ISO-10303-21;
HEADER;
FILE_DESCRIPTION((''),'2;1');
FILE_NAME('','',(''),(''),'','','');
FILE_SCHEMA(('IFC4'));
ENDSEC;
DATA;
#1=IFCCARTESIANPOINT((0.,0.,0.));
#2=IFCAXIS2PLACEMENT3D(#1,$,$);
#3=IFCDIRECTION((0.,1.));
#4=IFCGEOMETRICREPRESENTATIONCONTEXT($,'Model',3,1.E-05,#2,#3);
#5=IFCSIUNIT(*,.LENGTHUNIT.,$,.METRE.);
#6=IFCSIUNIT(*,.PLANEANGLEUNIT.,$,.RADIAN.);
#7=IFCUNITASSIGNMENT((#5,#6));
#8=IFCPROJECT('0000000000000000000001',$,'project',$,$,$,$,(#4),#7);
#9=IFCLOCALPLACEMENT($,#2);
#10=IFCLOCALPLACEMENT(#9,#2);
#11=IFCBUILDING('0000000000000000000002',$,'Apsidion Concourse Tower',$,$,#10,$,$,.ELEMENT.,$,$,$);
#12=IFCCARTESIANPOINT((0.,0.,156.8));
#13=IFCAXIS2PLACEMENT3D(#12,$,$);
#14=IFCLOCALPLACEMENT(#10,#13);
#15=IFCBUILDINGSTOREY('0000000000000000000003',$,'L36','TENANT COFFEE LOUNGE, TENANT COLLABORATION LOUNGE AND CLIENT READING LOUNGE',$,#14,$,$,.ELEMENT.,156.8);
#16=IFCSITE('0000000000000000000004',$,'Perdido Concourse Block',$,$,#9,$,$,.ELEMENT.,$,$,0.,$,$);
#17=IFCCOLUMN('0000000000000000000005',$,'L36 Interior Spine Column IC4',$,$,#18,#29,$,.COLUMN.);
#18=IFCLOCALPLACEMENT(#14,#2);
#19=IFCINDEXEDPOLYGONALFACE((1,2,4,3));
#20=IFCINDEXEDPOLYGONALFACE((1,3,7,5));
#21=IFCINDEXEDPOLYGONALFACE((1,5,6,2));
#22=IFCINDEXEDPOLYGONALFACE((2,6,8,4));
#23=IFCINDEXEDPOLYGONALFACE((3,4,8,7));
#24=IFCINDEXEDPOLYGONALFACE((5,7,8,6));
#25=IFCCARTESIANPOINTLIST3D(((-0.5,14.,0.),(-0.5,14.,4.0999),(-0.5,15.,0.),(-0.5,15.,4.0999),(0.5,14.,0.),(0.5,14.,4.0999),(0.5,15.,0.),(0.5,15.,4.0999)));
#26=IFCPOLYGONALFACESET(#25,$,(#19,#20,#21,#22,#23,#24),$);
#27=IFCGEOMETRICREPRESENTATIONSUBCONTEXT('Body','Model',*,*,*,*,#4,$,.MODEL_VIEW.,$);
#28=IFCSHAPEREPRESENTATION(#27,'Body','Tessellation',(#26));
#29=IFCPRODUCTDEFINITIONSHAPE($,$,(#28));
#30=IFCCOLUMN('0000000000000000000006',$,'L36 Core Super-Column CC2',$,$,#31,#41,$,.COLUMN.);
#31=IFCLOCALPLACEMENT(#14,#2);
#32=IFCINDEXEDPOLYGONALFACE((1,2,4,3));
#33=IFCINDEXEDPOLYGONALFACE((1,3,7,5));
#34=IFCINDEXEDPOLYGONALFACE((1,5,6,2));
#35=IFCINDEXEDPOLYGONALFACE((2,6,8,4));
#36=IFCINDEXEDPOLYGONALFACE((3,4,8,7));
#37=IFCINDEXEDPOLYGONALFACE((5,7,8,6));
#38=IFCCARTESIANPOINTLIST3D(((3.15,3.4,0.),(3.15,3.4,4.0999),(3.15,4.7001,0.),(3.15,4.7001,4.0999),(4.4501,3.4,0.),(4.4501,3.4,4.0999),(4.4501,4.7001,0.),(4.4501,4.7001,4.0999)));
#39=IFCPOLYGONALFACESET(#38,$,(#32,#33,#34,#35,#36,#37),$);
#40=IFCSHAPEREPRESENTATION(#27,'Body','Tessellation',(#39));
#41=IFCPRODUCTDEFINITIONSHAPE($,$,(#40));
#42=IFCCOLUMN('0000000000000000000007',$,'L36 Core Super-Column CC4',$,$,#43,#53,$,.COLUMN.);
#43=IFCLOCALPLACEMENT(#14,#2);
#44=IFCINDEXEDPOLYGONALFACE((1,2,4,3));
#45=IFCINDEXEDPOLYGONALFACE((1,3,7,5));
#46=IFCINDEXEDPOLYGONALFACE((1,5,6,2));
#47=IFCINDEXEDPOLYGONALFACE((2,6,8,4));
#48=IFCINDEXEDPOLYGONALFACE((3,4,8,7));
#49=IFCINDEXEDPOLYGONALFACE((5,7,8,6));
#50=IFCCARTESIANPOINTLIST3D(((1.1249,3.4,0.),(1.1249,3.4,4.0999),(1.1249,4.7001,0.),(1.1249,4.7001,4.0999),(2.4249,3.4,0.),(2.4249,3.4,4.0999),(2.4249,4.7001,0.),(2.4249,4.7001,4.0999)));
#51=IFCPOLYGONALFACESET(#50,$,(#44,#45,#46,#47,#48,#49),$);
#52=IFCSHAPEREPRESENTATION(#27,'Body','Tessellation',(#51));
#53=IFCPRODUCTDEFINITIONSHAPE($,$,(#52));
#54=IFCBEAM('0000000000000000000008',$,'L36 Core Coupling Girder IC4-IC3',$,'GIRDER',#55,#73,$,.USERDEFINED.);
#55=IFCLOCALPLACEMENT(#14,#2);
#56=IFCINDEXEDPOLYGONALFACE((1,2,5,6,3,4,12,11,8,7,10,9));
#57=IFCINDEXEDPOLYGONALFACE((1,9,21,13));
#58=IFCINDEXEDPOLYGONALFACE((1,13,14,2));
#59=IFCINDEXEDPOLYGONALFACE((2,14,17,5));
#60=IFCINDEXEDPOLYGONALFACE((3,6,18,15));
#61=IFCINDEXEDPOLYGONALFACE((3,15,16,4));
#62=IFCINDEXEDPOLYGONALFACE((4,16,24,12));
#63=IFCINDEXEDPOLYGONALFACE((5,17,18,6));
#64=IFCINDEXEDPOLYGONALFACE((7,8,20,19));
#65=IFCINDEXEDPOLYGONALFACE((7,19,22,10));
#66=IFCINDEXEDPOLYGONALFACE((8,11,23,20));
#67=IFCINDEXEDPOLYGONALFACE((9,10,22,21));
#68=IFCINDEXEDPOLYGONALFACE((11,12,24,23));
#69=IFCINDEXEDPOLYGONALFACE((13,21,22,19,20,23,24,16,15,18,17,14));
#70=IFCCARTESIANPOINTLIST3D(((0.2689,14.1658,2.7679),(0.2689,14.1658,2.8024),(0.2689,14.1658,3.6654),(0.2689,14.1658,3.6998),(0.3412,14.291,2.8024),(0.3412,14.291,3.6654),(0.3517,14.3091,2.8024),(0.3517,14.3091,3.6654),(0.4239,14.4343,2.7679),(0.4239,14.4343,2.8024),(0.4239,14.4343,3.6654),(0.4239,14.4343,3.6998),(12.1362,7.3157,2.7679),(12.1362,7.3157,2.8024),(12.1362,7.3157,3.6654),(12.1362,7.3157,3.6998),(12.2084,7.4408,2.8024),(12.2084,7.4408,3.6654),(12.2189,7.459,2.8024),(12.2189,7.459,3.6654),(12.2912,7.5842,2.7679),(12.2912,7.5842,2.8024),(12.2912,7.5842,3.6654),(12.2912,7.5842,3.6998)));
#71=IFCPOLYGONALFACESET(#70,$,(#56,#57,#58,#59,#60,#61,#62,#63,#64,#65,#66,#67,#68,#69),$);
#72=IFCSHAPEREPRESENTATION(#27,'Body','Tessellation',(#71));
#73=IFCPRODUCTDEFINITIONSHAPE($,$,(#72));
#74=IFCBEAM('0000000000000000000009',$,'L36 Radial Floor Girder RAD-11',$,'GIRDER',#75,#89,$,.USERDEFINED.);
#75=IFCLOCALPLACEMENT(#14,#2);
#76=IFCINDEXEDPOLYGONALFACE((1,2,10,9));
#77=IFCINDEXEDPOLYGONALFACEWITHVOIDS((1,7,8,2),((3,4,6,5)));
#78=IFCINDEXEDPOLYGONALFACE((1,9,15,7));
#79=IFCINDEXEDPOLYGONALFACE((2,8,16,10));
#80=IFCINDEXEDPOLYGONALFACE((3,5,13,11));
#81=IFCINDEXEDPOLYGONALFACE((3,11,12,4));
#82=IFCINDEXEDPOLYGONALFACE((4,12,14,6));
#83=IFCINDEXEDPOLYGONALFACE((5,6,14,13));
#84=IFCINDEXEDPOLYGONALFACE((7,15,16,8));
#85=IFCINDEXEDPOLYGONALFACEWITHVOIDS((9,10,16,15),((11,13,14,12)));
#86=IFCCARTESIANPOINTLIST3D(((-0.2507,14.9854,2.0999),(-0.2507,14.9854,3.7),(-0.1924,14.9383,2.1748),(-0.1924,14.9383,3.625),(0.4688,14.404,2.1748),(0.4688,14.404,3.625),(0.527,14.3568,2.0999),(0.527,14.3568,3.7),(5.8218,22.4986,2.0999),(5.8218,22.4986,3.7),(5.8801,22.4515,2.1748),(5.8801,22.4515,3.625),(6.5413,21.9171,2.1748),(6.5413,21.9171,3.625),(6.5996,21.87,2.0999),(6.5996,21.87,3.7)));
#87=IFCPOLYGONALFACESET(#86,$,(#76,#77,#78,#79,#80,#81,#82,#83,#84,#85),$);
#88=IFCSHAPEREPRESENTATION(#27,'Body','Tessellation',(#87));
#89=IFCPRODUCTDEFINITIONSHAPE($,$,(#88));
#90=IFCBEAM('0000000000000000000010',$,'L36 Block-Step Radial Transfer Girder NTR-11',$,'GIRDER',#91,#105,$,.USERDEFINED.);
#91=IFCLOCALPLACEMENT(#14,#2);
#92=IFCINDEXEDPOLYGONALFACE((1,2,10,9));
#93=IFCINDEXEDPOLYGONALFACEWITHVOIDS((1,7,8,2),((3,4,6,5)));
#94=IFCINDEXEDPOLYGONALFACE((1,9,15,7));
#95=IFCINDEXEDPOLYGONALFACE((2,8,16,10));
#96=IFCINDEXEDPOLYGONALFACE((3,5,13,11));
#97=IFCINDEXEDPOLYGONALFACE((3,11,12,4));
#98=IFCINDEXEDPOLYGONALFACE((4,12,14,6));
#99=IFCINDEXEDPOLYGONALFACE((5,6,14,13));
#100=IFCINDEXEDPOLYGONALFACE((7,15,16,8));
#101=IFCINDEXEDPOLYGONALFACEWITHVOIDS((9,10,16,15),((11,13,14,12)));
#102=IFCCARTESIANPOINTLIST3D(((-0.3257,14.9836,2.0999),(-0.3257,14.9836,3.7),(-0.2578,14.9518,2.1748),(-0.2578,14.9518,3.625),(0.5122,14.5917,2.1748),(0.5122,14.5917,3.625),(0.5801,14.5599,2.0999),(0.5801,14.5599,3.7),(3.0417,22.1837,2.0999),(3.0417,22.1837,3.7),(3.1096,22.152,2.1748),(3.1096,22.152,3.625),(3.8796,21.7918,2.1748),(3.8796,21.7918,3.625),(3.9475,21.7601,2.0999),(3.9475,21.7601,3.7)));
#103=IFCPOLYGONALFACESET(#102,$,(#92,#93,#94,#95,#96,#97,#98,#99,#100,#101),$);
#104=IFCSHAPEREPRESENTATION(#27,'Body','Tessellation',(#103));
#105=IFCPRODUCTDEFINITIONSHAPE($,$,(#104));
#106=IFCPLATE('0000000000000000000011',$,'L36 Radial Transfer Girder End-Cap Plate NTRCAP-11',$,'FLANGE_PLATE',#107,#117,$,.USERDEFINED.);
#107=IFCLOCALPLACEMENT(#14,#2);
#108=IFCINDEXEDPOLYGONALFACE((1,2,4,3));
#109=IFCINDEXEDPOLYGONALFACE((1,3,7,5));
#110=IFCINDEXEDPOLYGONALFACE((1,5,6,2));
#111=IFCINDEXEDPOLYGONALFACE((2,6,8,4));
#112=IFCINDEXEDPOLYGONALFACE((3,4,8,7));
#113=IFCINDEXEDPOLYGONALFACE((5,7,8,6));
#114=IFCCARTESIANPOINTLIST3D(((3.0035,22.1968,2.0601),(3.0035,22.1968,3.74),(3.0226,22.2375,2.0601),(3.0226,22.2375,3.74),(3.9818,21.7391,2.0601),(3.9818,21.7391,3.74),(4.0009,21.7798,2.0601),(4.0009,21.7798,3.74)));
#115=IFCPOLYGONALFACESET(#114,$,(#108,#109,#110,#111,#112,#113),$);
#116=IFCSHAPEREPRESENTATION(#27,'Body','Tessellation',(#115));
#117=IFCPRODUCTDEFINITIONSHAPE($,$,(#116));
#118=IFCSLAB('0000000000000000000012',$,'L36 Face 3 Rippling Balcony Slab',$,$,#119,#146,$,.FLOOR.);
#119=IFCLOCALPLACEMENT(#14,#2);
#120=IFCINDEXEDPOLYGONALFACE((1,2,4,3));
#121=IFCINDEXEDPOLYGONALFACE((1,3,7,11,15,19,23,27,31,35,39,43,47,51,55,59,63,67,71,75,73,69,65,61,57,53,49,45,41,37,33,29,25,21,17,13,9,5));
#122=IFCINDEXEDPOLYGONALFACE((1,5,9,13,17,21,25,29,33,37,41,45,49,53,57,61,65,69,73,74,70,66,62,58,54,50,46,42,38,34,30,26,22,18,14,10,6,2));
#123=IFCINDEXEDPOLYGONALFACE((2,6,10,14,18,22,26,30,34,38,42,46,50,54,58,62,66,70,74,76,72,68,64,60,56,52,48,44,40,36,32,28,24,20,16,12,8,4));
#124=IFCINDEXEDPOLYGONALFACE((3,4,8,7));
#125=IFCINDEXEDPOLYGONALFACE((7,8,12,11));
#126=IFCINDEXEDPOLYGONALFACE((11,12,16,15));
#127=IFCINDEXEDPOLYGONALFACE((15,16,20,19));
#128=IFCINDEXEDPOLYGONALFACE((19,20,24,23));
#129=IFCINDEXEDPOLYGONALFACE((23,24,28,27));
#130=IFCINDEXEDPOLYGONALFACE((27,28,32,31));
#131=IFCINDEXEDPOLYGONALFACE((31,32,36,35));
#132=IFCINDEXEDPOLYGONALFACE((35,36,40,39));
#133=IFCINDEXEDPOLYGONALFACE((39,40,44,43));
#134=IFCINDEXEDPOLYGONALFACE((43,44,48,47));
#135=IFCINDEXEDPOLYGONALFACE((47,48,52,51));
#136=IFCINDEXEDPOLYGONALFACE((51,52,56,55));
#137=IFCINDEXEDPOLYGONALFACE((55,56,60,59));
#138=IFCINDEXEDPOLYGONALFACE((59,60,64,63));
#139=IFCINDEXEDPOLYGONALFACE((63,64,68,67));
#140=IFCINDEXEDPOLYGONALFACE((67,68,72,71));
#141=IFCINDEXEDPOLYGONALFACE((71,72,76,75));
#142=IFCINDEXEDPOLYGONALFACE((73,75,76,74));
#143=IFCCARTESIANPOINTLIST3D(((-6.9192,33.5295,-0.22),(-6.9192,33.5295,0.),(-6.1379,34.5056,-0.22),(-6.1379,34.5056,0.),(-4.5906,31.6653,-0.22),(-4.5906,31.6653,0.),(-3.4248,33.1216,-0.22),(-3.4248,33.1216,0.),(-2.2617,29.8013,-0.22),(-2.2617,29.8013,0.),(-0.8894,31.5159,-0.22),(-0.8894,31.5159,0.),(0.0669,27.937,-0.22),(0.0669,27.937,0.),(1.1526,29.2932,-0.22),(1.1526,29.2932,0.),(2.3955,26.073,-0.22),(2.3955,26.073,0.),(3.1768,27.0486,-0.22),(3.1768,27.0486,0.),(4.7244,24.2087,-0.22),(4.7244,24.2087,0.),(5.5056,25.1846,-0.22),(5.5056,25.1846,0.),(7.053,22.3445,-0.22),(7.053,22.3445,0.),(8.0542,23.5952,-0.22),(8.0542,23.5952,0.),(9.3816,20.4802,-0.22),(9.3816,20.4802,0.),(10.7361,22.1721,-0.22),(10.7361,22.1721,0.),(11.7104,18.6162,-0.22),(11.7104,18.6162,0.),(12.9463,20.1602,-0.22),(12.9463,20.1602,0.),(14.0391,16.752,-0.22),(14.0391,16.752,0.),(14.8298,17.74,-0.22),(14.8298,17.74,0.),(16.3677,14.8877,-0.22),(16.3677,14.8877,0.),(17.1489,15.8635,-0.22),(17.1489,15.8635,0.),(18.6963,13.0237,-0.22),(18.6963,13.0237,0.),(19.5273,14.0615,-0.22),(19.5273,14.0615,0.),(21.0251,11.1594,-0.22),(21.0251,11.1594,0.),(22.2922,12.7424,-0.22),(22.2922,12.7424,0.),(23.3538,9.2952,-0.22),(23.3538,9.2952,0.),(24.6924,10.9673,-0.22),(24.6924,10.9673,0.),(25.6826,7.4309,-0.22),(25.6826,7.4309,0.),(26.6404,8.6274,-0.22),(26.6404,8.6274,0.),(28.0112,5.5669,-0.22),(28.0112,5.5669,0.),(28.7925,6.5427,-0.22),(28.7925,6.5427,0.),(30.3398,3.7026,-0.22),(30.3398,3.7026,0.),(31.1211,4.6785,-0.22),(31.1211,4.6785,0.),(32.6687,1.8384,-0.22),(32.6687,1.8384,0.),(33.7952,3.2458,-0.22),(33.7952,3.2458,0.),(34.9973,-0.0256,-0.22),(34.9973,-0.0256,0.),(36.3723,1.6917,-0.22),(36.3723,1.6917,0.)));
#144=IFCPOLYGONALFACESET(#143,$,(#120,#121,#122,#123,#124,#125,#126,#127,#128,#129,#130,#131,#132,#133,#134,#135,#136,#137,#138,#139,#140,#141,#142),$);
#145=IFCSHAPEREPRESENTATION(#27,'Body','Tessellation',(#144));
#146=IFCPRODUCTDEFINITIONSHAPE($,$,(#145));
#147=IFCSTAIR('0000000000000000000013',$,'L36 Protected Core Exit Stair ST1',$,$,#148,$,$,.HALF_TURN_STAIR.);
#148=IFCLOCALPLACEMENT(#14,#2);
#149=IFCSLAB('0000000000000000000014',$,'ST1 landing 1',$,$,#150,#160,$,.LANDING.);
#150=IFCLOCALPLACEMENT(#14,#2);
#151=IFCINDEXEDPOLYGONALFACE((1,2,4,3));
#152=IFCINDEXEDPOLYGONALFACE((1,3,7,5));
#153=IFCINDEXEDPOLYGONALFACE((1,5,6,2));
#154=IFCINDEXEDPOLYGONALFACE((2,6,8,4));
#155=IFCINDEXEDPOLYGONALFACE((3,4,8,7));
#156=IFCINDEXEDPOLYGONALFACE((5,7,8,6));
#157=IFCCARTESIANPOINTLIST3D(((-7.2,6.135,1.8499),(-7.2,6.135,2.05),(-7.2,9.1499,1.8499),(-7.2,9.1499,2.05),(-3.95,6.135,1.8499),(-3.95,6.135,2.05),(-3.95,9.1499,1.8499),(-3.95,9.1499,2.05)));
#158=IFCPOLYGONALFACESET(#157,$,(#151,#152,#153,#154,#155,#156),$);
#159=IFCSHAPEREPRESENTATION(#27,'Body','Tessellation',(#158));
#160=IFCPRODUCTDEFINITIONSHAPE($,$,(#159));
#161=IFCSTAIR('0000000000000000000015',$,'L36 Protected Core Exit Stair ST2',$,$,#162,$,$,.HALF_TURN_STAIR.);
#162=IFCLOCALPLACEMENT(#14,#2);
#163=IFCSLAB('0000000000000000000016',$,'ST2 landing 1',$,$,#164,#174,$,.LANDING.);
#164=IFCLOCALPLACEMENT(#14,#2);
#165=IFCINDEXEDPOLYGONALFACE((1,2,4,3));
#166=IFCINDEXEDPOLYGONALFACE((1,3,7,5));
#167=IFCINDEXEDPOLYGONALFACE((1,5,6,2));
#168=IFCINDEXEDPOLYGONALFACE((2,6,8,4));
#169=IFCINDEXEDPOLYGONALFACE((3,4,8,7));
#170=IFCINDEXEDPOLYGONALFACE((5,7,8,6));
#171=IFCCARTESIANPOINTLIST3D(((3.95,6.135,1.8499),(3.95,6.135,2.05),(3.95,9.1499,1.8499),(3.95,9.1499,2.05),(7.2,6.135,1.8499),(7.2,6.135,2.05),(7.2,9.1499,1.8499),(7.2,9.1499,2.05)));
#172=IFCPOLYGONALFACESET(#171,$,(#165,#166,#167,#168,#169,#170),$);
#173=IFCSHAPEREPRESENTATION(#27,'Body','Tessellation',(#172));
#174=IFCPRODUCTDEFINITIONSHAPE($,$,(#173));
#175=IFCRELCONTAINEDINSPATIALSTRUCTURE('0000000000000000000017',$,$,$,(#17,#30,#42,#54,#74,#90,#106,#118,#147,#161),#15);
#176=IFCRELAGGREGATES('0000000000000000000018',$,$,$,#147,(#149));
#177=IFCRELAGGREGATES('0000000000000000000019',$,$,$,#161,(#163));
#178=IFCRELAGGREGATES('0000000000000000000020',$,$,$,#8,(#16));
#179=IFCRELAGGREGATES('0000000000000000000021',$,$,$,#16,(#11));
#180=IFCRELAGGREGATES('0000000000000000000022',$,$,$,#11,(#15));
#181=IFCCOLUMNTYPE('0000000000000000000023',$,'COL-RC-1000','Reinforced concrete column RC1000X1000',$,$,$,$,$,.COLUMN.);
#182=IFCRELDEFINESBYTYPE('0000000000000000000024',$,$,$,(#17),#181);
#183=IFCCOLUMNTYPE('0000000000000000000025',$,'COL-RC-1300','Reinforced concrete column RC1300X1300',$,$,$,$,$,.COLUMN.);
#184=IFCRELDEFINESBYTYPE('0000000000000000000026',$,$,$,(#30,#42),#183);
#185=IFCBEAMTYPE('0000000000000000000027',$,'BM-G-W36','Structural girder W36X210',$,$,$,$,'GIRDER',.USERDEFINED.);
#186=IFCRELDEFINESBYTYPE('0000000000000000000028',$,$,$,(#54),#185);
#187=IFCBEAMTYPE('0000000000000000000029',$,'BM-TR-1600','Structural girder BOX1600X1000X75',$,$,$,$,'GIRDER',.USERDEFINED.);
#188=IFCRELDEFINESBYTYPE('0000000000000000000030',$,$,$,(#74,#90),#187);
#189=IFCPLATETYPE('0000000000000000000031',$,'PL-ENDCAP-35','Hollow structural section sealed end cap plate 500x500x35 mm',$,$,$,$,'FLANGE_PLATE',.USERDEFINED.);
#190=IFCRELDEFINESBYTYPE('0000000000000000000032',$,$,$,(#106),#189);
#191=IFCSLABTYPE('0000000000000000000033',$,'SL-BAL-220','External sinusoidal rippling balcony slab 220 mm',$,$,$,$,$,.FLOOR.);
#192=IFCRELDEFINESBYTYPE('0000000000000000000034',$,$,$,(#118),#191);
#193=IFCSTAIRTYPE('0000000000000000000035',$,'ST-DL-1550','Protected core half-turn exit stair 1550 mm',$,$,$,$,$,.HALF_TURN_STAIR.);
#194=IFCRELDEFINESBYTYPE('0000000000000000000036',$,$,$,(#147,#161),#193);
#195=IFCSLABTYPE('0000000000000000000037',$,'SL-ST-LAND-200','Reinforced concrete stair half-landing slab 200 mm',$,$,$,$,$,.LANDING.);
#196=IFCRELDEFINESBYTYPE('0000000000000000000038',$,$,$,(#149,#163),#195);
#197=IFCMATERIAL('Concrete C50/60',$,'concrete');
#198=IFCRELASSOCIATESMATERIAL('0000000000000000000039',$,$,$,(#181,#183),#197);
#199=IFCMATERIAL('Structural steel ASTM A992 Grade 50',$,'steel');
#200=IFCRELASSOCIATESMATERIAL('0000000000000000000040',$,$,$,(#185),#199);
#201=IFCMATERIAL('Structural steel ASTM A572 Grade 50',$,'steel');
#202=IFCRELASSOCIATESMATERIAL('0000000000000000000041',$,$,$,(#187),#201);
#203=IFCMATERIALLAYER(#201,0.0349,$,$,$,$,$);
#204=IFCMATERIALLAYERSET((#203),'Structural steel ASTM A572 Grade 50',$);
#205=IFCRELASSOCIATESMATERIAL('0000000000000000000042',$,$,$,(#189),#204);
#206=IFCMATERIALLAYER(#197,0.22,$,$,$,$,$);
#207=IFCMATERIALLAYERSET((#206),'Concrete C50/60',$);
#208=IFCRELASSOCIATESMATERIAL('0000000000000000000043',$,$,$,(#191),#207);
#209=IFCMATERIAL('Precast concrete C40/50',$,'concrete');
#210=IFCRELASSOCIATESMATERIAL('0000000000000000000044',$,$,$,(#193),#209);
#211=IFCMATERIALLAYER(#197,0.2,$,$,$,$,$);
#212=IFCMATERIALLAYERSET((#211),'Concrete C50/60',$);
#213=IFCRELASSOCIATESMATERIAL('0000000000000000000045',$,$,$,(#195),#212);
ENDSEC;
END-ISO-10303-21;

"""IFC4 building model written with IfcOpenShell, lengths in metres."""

from ifc_helpers import new_model, si_unit, direction, frame, origin, origin_2d, place, context, subcontext, project, spatial, polyline, rectangle, hollow_rectangle, i_section, outline, extrude, material, layer, layer_set, material_profile, profile_set, type_object, element, aggregate, save


model = new_model("IFC4")

# Units and contexts
model_context = context("Model", 3, precision=1e-05, world=origin(), true_north=direction((0.0, 1.0)))
body_context = subcontext(model_context, "Body", "Model", "MODEL_VIEW")
ifc_project = project(units=[si_unit("LENGTHUNIT", "METRE"), si_unit("PLANEANGLEUNIT", "RADIAN")], contexts=[model_context])

# Site, building, storey
site_placement = place(None, origin())
site = spatial("IfcSite", under=ifc_project, at=site_placement, Name="Perdido Concourse Block", CompositionType="ELEMENT", RefElevation=0.0)
building_placement = place(site_placement, origin())
building = spatial("IfcBuilding", under=site, at=building_placement, Name="Apsidion Concourse Tower", CompositionType="ELEMENT")
storey_placement = place(building_placement, frame((0.0, 0.0, 156.8)))
storey = spatial("IfcBuildingStorey", under=building, at=storey_placement, Name="L36", Description="TENANT COFFEE LOUNGE, TENANT COLLABORATION LOUNGE AND CLIENT READING LOUNGE", CompositionType="ELEMENT", Elevation=156.8)

# Columns
ifc_material_1 = material(Name="Concrete C50/60", Category="concrete")
ifc_material_profile_1 = material_profile(ifc_material_1, rectangle(XDim=1.0, YDim=1.0, at=origin_2d()), Name="RC 1000x1000")
ifc_profile_set_1 = profile_set([ifc_material_profile_1], Name="Concrete C50/60")
column_type_1 = type_object("IfcColumnType", Name="COL-RC-1000", Description="Reinforced concrete column RC1000X1000", PredefinedType="COLUMN", material=ifc_profile_set_1)
column_placement = place(storey_placement, frame((0.0, 14.5, 0.0), z_axis=(0.0, 0.0, 1.0), x_axis=(1.0, 0.0, 0.0)))
element("IfcColumn", 1, at=column_placement, inside=storey, type_object=column_type_1, Name="L36 Interior Spine Column IC4", PredefinedType="COLUMN", context=body_context, shape_type="SweptSolid", body=[
    extrude(rectangle(XDim=1.0, YDim=1.0, at=origin_2d()), origin(), (0.0, 0.0, 1.0), 4.0999),
])
ifc_material_profile_2 = material_profile(ifc_material_1, rectangle(XDim=1.3, YDim=1.3, at=origin_2d()), Name="RC 1300x1300")
ifc_profile_set_2 = profile_set([ifc_material_profile_2], Name="Concrete C50/60")
column_type_2 = type_object("IfcColumnType", Name="COL-RC-1300", Description="Reinforced concrete column RC1300X1300", PredefinedType="COLUMN", material=ifc_profile_set_2)
for number, where, z_axis, x_axis, name in (
    (2, (3.8, 4.05, 0.0), (0.0, 0.0, 1.0), (1.0, 0.0, 0.0), "L36 Core Super-Column CC2"),
    (3, (1.7749, 4.05, 0.0), (0.0, 0.0, 1.0), (1.0, 0.0, 0.0), "L36 Core Super-Column CC4"),
):
    element("IfcColumn", number, at=place(storey_placement, frame(where, z_axis=z_axis, x_axis=x_axis)), inside=storey, type_object=column_type_2, Name=name, PredefinedType="COLUMN", context=body_context, shape_type="SweptSolid", body=[
        extrude(rectangle(XDim=1.3, YDim=1.3, at=origin_2d()), origin(), (0.0, 0.0, 1.0), 4.0999),
    ])

# Beams
ifc_material_2 = material(Name="Structural steel ASTM A992 Grade 50", Category="steel")
ifc_material_profile_3 = material_profile(ifc_material_2, i_section(OverallWidth=0.3101, OverallDepth=0.9319, WebThickness=0.021, FlangeThickness=0.0344, at=origin_2d()), Name="W36X210")
ifc_profile_set_3 = profile_set([ifc_material_profile_3], Name="Structural steel ASTM A992 Grade 50")
beam_type_1 = type_object("IfcBeamType", Name="BM-G-W36", Description="Structural girder W36X210", ElementType="GIRDER", PredefinedType="USERDEFINED", material=ifc_profile_set_3)
beam_1_placement = place(storey_placement, frame((0.3464, 14.3, 3.2339), z_axis=(0.86607, -0.499922, 0.0), x_axis=(0.499922, 0.86607, 0.0)))
element("IfcBeam", 4, at=beam_1_placement, inside=storey, type_object=beam_type_1, Name="L36 Core Coupling Girder IC4-IC3", ObjectType="GIRDER", PredefinedType="USERDEFINED", context=body_context, shape_type="SweptSolid", body=[
    extrude(i_section(OverallWidth=0.3101, OverallDepth=0.9319, WebThickness=0.021, FlangeThickness=0.0344, at=origin_2d()), origin(), (0.0, 0.0, 1.0), 13.7024),
])
ifc_material_3 = material(Name="Structural steel ASTM A572 Grade 50", Category="steel")
ifc_material_profile_4 = material_profile(ifc_material_3, hollow_rectangle(XDim=1.0, YDim=1.6001, WallThickness=0.075, at=origin_2d()), Name="BOX1600X1000X75")
ifc_profile_set_4 = profile_set([ifc_material_profile_4], Name="Structural steel ASTM A572 Grade 50")
beam_type_2 = type_object("IfcBeamType", Name="BM-TR-1600", Description="Structural girder BOX1600X1000X75", ElementType="GIRDER", PredefinedType="USERDEFINED", material=ifc_profile_set_4)
beam_2_placement = place(storey_placement, frame((0.1382, 14.6711, 2.8999), z_axis=(0.628598, 0.77773, 0.0), x_axis=(-0.77773, 0.628598, 0.0)))
element("IfcBeam", 5, at=beam_2_placement, inside=storey, type_object=beam_type_2, Name="L36 Radial Floor Girder RAD-11", ObjectType="GIRDER", PredefinedType="USERDEFINED", context=body_context, shape_type="SweptSolid", body=[
    extrude(hollow_rectangle(XDim=1.0, YDim=1.6001, WallThickness=0.075, at=origin_2d()), origin(), (0.0, 0.0, 1.0), 9.6604),
])
beam_3_placement = place(storey_placement, frame((0.1272, 14.7717, 2.8999), z_axis=(0.423644, 0.905829, 0.0), x_axis=(-0.905829, 0.423644, 0.0)))
element("IfcBeam", 6, at=beam_3_placement, inside=storey, type_object=beam_type_2, Name="L36 Block-Step Radial Transfer Girder NTR-11", ObjectType="GIRDER", PredefinedType="USERDEFINED", context=body_context, shape_type="SweptSolid", body=[
    extrude(hollow_rectangle(XDim=1.0, YDim=1.6001, WallThickness=0.075, at=origin_2d()), origin(), (0.0, 0.0, 1.0), 7.9487),
])

# Plate
ifc_layer_1 = layer(ifc_material_3, 0.0349)
ifc_layer_set_1 = layer_set([ifc_layer_1], Name="Structural steel ASTM A572 Grade 50")
plate_type = type_object("IfcPlateType", Name="PL-ENDCAP-35", Description="Hollow structural section sealed end cap plate 500x500x35 mm", ElementType="FLANGE_PLATE", PredefinedType="USERDEFINED", material=ifc_layer_set_1)
plate_placement = place(storey_placement, frame((3.5022, 21.9883, 2.0601), z_axis=(0.0, 0.0, 1.0), x_axis=(0.423725, 0.905791, 0.0)))
element("IfcPlate", 7, at=plate_placement, inside=storey, type_object=plate_type, Name="L36 Radial Transfer Girder End-Cap Plate NTRCAP-11", ObjectType="FLANGE_PLATE", PredefinedType="USERDEFINED", context=body_context, shape_type="SweptSolid", body=[
    extrude(rectangle(XDim=0.0449, YDim=1.0801, at=origin_2d()), origin(), (0.0, 0.0, 1.0), 1.6799),
])

# Slab
ifc_layer_2 = layer(ifc_material_1, 0.22)
ifc_layer_set_2 = layer_set([ifc_layer_2], Name="Concrete C50/60")
slab_type_1 = type_object("IfcSlabType", Name="SL-BAL-220", Description="External sinusoidal rippling balcony slab 220 mm", PredefinedType="FLOOR", material=ifc_layer_set_2)
slab_1_placement = place(storey_placement, frame((0.0, 0.0, -0.22)))
element("IfcSlab", 8, at=slab_1_placement, inside=storey, type_object=slab_type_1, Name="L36 Face 3 Rippling Balcony Slab", PredefinedType="FLOOR", context=body_context, shape_type="SweptSolid", body=[
    extrude(outline(polyline([(34.9973, -0.0256), (32.6687, 1.8384), (30.3398, 3.7026), (28.0112, 5.5669), (25.6826, 7.4309), (23.3538, 9.2952), (21.0251, 11.1594), (18.6963, 13.0237), (16.3677, 14.8877), (14.0391, 16.752), (11.7104, 18.6162), (9.3816, 20.4802), (7.053, 22.3445), (4.7244, 24.2087), (2.3955, 26.073), (0.0669, 27.937), (-2.2617, 29.8013), (-4.5906, 31.6653), (-6.9192, 33.5295), (-6.1379, 34.5056), (-3.4248, 33.1216), (-0.8894, 31.5159), (1.1526, 29.2932), (3.1768, 27.0486), (5.5056, 25.1846), (8.0542, 23.5952), (10.7361, 22.1721), (12.9463, 20.1602), (14.8298, 17.74), (17.1489, 15.8635), (19.5273, 14.0615), (22.2922, 12.7424), (24.6924, 10.9673), (26.6404, 8.6274), (28.7925, 6.5427), (31.1211, 4.6785), (33.7952, 3.2458), (36.3723, 1.6917), (34.9973, -0.0256)])), origin(), (0.0, 0.0, 1.0), 0.22),
])

# Stairs, slabs
ifc_material_4 = material(Name="Precast concrete C40/50", Category="concrete")
stair_type = type_object("IfcStairType", Name="ST-DL-1550", Description="Protected core half-turn exit stair 1550 mm", PredefinedType="HALF_TURN_STAIR", material=ifc_material_4)
stair_1_placement = place(storey_placement, origin())
stair_1 = element("IfcStair", 9, at=stair_1_placement, inside=storey, type_object=stair_type, Name="L36 Protected Core Exit Stair ST1", PredefinedType="HALF_TURN_STAIR")
ifc_layer_3 = layer(ifc_material_1, 0.2)
ifc_layer_set_3 = layer_set([ifc_layer_3], Name="Concrete C50/60")
slab_type_2 = type_object("IfcSlabType", Name="SL-ST-LAND-200", Description="Reinforced concrete stair half-landing slab 200 mm", PredefinedType="LANDING", material=ifc_layer_set_3)
slab_2_placement = place(storey_placement, frame((0.0, 0.0, 1.8499)))
slab_2 = element("IfcSlab", 10, at=slab_2_placement, type_object=slab_type_2, Name="ST1 landing 1", PredefinedType="LANDING", context=body_context, shape_type="SweptSolid", body=[
    extrude(outline(polyline([(-3.95, 6.135), (-3.95, 9.1499), (-7.2, 9.1499), (-7.2, 6.135), (-3.95, 6.135)])), origin(), (0.0, 0.0, 1.0), 0.2002),
])
aggregate(stair_1, [slab_2])
stair_2_placement = place(storey_placement, origin())
stair_2 = element("IfcStair", 11, at=stair_2_placement, inside=storey, type_object=stair_type, Name="L36 Protected Core Exit Stair ST2", PredefinedType="HALF_TURN_STAIR")
slab_3_placement = place(storey_placement, frame((0.0, 0.0, 1.8499)))
slab_3 = element("IfcSlab", 12, at=slab_3_placement, type_object=slab_type_2, Name="ST2 landing 1", PredefinedType="LANDING", context=body_context, shape_type="SweptSolid", body=[
    extrude(outline(polyline([(7.2, 6.135), (7.2, 9.1499), (3.95, 9.1499), (3.95, 6.135), (7.2, 6.135)])), origin(), (0.0, 0.0, 1.0), 0.2002),
])

aggregate(stair_2, [slab_3])

save(model, "model.ifc")
